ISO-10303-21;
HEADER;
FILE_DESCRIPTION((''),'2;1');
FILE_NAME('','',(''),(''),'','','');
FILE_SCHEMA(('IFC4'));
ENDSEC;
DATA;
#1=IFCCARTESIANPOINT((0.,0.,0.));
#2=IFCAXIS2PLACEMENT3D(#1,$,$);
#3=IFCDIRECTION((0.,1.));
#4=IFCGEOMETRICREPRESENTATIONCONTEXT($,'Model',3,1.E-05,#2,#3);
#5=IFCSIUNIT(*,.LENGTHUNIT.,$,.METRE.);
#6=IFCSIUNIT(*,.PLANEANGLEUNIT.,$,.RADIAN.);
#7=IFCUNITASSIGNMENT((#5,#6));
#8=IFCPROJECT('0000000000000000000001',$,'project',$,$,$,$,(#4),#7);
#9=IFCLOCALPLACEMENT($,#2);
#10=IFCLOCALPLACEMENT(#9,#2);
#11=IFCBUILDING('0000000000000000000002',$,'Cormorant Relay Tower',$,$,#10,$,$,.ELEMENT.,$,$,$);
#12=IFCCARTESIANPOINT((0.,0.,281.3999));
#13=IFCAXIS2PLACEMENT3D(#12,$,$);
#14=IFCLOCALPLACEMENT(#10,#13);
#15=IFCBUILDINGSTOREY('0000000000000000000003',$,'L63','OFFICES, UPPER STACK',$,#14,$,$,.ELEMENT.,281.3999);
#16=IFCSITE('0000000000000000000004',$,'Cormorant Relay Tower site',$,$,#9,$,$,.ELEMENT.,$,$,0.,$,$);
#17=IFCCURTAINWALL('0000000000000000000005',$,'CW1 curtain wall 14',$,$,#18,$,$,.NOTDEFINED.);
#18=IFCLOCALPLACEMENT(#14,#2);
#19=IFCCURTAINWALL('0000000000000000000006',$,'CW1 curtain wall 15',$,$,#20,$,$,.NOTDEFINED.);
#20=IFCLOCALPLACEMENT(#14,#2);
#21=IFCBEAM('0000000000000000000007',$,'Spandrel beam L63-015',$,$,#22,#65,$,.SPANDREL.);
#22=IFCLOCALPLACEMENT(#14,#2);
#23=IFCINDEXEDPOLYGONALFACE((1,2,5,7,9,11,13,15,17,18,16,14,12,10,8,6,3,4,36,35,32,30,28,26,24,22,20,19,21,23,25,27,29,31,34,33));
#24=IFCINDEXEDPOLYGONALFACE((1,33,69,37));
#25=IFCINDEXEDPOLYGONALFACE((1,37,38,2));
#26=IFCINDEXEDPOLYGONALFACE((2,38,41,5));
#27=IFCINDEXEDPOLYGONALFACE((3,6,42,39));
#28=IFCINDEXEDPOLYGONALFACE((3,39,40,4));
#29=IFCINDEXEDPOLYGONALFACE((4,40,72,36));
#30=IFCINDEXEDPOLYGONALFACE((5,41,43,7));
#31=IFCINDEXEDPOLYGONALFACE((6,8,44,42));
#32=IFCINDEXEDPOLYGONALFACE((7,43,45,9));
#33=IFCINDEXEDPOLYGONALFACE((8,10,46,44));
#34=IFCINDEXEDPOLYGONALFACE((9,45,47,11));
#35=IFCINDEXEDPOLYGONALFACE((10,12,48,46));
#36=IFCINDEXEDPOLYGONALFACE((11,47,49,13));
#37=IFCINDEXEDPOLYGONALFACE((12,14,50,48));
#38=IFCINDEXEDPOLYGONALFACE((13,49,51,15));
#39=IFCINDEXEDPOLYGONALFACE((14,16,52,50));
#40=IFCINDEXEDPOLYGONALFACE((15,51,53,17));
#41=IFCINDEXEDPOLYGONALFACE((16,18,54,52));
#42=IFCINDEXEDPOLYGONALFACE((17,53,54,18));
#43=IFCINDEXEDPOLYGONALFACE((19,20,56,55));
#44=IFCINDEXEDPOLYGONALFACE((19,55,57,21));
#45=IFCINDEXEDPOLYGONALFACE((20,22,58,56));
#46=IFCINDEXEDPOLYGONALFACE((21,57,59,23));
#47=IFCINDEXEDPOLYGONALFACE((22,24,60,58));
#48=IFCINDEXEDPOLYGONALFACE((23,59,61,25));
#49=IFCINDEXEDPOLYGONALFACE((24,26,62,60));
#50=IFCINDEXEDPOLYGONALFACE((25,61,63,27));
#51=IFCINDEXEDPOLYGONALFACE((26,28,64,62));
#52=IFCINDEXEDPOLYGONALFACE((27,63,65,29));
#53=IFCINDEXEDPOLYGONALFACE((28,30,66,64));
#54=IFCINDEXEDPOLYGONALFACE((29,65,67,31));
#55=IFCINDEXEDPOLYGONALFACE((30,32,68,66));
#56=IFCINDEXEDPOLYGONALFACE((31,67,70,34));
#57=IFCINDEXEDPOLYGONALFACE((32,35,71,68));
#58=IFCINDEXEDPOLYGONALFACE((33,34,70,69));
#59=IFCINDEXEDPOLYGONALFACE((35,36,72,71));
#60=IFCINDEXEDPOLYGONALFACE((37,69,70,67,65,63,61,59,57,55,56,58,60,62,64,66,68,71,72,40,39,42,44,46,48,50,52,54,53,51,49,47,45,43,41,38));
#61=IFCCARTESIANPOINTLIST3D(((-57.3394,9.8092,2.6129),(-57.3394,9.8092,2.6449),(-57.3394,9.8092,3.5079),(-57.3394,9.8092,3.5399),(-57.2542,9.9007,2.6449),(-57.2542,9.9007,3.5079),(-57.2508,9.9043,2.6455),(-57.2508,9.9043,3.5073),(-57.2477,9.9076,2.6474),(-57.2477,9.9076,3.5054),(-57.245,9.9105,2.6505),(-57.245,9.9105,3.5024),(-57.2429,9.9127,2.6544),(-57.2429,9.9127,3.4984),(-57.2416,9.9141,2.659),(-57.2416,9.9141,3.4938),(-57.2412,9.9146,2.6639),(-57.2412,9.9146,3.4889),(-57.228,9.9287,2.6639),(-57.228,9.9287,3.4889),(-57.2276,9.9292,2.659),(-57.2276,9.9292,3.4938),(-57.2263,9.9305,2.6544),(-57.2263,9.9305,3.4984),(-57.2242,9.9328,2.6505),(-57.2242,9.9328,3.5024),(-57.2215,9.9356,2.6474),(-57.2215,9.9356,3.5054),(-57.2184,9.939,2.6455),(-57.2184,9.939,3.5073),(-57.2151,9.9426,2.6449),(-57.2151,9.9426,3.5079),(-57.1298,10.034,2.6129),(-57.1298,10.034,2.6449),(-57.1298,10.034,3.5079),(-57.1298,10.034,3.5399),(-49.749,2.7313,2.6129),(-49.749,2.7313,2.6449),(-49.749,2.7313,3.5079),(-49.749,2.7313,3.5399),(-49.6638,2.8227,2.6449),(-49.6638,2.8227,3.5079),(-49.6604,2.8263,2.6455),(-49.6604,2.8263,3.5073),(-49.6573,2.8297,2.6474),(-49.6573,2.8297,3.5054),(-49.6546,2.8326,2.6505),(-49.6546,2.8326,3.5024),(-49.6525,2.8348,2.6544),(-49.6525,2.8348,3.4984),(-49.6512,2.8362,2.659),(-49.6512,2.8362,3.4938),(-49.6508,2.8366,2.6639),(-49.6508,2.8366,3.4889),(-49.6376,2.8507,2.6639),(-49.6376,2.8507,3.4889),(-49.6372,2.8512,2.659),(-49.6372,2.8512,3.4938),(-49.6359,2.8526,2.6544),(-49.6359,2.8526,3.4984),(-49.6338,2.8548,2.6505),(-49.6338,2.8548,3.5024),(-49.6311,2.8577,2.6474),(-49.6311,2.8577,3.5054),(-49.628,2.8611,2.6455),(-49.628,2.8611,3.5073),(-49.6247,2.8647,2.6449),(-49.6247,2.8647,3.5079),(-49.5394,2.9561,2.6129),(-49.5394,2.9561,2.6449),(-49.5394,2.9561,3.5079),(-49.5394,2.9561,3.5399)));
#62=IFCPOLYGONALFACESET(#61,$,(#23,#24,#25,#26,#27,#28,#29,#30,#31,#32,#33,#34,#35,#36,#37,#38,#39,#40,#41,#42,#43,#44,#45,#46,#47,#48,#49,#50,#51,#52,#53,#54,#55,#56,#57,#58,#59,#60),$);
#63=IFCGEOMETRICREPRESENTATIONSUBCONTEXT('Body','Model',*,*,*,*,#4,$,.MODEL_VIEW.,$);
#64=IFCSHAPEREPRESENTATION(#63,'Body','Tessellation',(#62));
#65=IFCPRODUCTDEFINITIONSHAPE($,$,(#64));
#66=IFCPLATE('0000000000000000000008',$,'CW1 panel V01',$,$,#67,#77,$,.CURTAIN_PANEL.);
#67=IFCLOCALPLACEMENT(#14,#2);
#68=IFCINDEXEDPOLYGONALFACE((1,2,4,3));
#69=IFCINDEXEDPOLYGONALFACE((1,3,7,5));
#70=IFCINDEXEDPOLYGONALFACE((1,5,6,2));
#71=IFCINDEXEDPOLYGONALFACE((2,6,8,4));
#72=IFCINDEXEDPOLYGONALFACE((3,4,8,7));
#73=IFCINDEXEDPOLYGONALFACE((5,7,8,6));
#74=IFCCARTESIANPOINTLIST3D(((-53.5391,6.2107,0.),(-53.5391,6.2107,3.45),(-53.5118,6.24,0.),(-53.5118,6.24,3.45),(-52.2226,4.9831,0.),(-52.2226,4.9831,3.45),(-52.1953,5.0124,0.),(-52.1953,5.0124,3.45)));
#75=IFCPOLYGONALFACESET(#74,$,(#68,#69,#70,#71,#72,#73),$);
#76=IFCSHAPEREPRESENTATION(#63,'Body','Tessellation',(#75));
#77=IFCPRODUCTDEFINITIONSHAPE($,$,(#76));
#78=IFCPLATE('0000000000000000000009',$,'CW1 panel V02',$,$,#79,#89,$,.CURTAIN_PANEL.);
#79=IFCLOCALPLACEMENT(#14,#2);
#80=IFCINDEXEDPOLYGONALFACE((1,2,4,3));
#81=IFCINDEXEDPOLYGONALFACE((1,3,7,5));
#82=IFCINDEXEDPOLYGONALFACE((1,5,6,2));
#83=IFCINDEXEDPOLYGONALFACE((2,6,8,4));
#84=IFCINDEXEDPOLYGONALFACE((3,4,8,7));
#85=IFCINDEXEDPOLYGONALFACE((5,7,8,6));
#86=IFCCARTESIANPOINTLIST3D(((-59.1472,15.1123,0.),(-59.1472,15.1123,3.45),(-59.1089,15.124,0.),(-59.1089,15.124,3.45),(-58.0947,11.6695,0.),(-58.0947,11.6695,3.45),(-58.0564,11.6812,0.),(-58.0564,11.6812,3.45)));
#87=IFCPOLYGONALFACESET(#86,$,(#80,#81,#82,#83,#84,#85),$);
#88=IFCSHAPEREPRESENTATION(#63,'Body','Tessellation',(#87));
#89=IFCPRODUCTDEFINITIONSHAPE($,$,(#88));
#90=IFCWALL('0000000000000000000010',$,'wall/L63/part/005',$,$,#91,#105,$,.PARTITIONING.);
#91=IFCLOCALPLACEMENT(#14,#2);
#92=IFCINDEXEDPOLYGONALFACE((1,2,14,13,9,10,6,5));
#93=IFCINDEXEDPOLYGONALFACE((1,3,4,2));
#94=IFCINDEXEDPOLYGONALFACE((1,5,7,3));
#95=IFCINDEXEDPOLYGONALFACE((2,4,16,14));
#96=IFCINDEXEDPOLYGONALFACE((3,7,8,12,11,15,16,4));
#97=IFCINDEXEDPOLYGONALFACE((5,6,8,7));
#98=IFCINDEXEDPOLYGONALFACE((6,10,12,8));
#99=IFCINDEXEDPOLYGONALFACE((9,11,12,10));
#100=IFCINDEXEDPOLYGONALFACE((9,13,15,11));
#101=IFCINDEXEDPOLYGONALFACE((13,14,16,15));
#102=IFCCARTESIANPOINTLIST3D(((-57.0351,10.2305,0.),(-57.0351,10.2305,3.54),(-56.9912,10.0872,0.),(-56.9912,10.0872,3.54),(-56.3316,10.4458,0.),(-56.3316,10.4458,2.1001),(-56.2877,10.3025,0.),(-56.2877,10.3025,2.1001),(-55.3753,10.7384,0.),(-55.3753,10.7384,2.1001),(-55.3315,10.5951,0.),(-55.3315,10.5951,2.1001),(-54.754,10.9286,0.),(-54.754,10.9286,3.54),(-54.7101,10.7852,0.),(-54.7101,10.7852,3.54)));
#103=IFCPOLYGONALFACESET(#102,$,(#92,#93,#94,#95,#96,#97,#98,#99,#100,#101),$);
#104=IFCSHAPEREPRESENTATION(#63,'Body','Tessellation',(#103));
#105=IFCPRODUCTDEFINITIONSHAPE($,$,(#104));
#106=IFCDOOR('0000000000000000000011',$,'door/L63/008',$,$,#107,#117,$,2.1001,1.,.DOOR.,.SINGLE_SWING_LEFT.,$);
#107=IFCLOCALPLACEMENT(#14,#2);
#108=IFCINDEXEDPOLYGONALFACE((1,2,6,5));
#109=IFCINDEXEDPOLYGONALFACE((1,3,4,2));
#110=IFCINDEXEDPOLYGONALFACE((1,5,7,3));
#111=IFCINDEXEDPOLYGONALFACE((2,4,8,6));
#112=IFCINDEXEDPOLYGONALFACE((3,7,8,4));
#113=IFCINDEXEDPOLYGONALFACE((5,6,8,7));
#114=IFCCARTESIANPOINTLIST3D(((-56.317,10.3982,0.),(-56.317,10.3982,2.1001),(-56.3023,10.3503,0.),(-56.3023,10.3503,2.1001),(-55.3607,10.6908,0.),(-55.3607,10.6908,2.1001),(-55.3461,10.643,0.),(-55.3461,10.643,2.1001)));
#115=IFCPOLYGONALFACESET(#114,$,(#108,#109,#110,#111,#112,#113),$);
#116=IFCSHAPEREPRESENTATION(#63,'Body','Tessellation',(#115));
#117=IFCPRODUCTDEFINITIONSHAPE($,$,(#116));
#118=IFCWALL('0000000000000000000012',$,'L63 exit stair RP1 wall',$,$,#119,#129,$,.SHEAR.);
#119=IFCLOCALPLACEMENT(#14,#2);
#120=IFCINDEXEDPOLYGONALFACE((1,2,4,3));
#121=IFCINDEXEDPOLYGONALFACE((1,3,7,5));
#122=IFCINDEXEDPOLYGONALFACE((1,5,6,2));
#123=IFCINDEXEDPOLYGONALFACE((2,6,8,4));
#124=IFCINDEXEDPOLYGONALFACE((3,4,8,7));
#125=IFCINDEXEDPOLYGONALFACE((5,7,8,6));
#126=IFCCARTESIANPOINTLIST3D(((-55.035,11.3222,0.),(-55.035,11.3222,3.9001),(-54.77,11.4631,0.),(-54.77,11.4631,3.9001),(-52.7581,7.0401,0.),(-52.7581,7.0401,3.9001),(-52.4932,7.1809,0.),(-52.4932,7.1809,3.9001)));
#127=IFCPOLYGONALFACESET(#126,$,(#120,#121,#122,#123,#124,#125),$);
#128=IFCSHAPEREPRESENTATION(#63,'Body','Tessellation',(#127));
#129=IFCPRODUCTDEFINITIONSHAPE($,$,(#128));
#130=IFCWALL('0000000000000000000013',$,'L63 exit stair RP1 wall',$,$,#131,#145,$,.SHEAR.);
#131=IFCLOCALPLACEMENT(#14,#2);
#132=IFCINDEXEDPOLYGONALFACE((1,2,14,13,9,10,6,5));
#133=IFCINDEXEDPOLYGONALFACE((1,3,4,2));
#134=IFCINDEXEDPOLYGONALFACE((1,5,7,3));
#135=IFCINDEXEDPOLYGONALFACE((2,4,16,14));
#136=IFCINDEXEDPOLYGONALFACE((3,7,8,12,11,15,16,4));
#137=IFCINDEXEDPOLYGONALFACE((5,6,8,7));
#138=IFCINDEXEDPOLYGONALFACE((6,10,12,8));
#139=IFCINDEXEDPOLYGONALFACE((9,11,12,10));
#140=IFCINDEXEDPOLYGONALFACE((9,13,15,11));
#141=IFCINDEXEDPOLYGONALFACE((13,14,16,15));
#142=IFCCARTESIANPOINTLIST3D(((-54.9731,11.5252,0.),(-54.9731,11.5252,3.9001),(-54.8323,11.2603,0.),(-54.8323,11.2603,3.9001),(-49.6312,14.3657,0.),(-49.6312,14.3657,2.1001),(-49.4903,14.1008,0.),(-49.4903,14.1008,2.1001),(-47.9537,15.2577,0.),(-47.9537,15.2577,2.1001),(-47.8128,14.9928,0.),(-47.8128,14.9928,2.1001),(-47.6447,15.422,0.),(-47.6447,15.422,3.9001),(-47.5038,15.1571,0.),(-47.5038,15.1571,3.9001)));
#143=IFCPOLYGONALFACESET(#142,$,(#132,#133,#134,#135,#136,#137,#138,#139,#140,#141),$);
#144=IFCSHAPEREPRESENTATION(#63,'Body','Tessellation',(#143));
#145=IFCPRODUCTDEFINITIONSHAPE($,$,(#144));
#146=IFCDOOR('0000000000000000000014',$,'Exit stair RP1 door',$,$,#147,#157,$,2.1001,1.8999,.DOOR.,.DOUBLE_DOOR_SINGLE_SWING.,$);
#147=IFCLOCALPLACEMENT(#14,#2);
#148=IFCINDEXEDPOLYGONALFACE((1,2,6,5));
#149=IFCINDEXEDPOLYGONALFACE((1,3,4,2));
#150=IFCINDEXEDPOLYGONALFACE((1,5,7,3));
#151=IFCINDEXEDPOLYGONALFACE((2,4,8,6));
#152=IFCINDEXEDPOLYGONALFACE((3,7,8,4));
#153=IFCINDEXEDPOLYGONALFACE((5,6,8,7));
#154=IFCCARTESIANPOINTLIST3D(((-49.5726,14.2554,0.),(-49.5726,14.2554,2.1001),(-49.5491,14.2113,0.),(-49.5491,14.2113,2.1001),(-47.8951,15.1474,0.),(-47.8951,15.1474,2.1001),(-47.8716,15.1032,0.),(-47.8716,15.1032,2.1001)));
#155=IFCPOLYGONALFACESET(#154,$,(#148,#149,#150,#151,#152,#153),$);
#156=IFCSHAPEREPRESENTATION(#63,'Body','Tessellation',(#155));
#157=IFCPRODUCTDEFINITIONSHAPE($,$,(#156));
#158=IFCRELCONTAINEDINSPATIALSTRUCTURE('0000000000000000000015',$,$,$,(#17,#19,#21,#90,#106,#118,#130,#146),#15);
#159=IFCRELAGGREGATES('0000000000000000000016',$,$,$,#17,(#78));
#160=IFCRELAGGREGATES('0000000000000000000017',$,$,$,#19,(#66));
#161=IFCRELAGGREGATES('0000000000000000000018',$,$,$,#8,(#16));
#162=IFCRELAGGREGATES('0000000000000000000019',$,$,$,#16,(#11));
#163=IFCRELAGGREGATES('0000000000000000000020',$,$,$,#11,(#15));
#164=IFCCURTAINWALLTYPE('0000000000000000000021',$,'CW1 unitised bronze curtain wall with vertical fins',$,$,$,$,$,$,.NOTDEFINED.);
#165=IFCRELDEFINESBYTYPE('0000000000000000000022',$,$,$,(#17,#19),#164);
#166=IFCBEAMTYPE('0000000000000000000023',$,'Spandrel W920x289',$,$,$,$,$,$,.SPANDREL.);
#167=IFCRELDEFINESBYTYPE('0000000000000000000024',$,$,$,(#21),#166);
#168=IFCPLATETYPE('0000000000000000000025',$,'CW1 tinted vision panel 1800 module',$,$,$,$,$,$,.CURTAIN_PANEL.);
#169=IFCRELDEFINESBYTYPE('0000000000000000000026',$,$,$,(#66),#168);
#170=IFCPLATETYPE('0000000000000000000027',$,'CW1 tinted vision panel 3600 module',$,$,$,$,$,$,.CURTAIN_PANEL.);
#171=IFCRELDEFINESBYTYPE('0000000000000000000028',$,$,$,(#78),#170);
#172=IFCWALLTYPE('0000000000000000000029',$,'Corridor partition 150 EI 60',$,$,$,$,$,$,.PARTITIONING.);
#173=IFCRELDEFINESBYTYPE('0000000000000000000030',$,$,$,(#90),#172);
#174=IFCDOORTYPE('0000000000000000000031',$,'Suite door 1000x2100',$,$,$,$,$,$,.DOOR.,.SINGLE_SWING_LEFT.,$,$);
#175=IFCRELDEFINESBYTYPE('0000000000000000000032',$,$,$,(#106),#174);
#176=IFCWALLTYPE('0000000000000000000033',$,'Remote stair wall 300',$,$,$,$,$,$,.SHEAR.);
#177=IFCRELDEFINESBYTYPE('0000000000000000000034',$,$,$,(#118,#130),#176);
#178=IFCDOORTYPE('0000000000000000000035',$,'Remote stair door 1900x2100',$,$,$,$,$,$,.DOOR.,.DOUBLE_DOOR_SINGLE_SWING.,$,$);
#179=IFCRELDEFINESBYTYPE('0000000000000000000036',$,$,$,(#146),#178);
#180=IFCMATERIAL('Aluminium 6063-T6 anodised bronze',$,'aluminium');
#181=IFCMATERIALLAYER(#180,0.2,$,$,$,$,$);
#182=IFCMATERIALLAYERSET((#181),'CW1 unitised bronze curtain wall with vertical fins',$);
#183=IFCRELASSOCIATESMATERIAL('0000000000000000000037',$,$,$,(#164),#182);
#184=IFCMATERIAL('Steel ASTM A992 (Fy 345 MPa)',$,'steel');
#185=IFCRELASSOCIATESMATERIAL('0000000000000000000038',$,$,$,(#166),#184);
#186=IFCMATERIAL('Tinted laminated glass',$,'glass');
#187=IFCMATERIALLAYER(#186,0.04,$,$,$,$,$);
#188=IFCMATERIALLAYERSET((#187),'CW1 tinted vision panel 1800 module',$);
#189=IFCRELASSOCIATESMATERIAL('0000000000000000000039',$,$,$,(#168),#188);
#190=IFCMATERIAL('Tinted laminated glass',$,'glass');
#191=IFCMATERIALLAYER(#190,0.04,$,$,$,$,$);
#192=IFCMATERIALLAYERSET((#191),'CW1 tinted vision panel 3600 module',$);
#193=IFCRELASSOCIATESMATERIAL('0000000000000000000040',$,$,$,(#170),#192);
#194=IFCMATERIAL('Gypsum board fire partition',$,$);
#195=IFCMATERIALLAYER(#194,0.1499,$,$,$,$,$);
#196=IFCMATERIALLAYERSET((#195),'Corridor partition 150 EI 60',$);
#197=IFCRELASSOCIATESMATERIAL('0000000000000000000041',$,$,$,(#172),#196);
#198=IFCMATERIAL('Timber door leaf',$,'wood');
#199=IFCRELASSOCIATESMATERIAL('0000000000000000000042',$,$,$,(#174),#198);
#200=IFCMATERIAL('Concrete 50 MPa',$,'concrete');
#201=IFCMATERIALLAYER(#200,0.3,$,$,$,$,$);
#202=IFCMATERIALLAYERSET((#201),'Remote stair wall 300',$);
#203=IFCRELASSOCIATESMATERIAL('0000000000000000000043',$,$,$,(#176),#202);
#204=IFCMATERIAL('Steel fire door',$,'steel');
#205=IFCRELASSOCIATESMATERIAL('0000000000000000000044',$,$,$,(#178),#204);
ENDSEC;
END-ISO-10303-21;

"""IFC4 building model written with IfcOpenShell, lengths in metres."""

from ifc_helpers import new_model, si_unit, direction, frame, frame_2d, origin, origin_2d, place, context, subcontext, project, spatial, rectangle, i_section, extrude, material, layer, layer_set, material_profile, profile_set, type_object, element, fill, aggregate, save


model = new_model("IFC4")

# Units and contexts
model_context = context("Model", 3, precision=1e-05, world=origin(), true_north=direction((0.0, 1.0)))
body_context = subcontext(model_context, "Body", "Model", "MODEL_VIEW")
ifc_project = project(units=[si_unit("LENGTHUNIT", "METRE"), si_unit("PLANEANGLEUNIT", "RADIAN")], contexts=[model_context])

# Site, building, storey
site_placement = place(None, origin())
site = spatial("IfcSite", under=ifc_project, at=site_placement, Name="Cormorant Relay Tower site", CompositionType="ELEMENT", RefElevation=0.0)
building_placement = place(site_placement, origin())
building = spatial("IfcBuilding", under=site, at=building_placement, Name="Cormorant Relay Tower", CompositionType="ELEMENT")
storey_placement = place(building_placement, frame((0.0, 0.0, 281.3999)))
storey = spatial("IfcBuildingStorey", under=building, at=storey_placement, Name="L63", Description="OFFICES, UPPER STACK", CompositionType="ELEMENT", Elevation=281.3999)

# Curtain wall
ifc_material_1 = material(Name="Aluminium 6063-T6 anodised bronze", Category="aluminium")
ifc_layer_1 = layer(ifc_material_1, 0.2)
ifc_layer_set_1 = layer_set([ifc_layer_1], Name="CW1 unitised bronze curtain wall with vertical fins")
curtain_wall_type = type_object("IfcCurtainWallType", Name="CW1 unitised bronze curtain wall with vertical fins", PredefinedType="NOTDEFINED", material=ifc_layer_set_1)
curtain_wall_1_placement = place(storey_placement, origin())
curtain_wall_1 = element("IfcCurtainWall", 1, at=curtain_wall_1_placement, inside=storey, type_object=curtain_wall_type, Name="CW1 curtain wall 14", PredefinedType="NOTDEFINED")

# Curtain wall
curtain_wall_2_placement = place(storey_placement, origin())
curtain_wall_2 = element("IfcCurtainWall", 2, at=curtain_wall_2_placement, inside=storey, type_object=curtain_wall_type, Name="CW1 curtain wall 15", PredefinedType="NOTDEFINED")

# Beam
ifc_material_2 = material(Name="Steel ASTM A992 (Fy 345 MPa)", Category="steel")
ifc_material_profile_1 = material_profile(ifc_material_2, i_section(OverallWidth=0.3074, OverallDepth=0.927, WebThickness=0.0193, FlangeThickness=0.032, FilletRadius=0.019, at=origin_2d()), Name="W920x289")
ifc_profile_set_1 = profile_set([ifc_material_profile_1], Name="Steel ASTM A992 (Fy 345 MPa)")
beam_type = type_object("IfcBeamType", Name="Spandrel W920x289", PredefinedType="SPANDREL", material=ifc_profile_set_1)
beam_placement = place(storey_placement, frame((-57.2346, 9.9216, 3.0764), z_axis=(0.731364, -0.681987, 0.0), x_axis=(0.681987, 0.731364, 0.0)))
element("IfcBeam", 3, at=beam_placement, inside=storey, type_object=beam_type, Name="Spandrel beam L63-015", PredefinedType="SPANDREL", context=body_context, shape_type="SweptSolid", body=[
    extrude(i_section(OverallWidth=0.3074, OverallDepth=0.927, WebThickness=0.0193, FlangeThickness=0.032, FilletRadius=0.019, at=origin_2d()), origin(), (0.0, 0.0, 1.0), 10.3784),
])

# Plates
ifc_material_3 = material(Name="Tinted laminated glass", Category="glass")
ifc_layer_2 = layer(ifc_material_3, 0.04)
ifc_layer_set_2 = layer_set([ifc_layer_2], Name="CW1 tinted vision panel 1800 module")
plate_type_1 = type_object("IfcPlateType", Name="CW1 tinted vision panel 1800 module", PredefinedType="CURTAIN_PANEL", material=ifc_layer_set_2)
plate_1_placement = place(storey_placement, frame((-52.8672, 5.6116, 0.0), z_axis=(0.0, 0.0, 1.0), x_axis=(0.731354, -0.681998, 0.0)))
plate_1 = element("IfcPlate", 4, at=plate_1_placement, type_object=plate_type_1, Name="CW1 panel V01", PredefinedType="CURTAIN_PANEL", context=body_context, shape_type="SweptSolid", body=[
    extrude(rectangle(XDim=1.8, YDim=0.04, at=origin_2d()), origin(), (0.0, 0.0, 1.0), 3.45),
])
ifc_material_4 = material(Name="Tinted laminated glass", Category="glass")
ifc_layer_3 = layer(ifc_material_4, 0.04)
ifc_layer_set_3 = layer_set([ifc_layer_3], Name="CW1 tinted vision panel 3600 module")
plate_type_2 = type_object("IfcPlateType", Name="CW1 tinted vision panel 3600 module", PredefinedType="CURTAIN_PANEL", material=ifc_layer_set_3)
plate_2_placement = place(storey_placement, frame((-58.6018, 13.3967, 0.0), z_axis=(0.0, 0.0, 1.0), x_axis=(0.292372, -0.956305, 0.0)))
plate_2 = element("IfcPlate", 5, at=plate_2_placement, type_object=plate_type_2, Name="CW1 panel V02", PredefinedType="CURTAIN_PANEL", context=body_context, shape_type="SweptSolid", body=[
    extrude(rectangle(XDim=3.6001, YDim=0.04, at=origin_2d()), origin(), (0.0, 0.0, 1.0), 3.45),
])

# Wall, opening, door
ifc_material_5 = material(Name="Gypsum board fire partition")
ifc_layer_4 = layer(ifc_material_5, 0.1499)
ifc_layer_set_4 = layer_set([ifc_layer_4], Name="Corridor partition 150 EI 60")
wall_type_1 = type_object("IfcWallType", Name="Corridor partition 150 EI 60", PredefinedType="PARTITIONING", material=ifc_layer_set_4)
wall_1_placement = place(storey_placement, frame((-54.7319, 10.8569, 0.0), z_axis=(0.0, 0.0, 1.0), x_axis=(-0.956232, -0.292611, 0.0)))
wall_1 = element("IfcWall", 6, at=wall_1_placement, inside=storey, type_object=wall_type_1, Name="wall/L63/part/005", PredefinedType="PARTITIONING", context=body_context, shape_type="SweptSolid", body=[
    extrude(rectangle(XDim=2.3855, YDim=0.1499, at=frame_2d((1.1929, 0.0))), origin(), (0.0, 0.0, 1.0), 3.54),
])
opening_1_placement = place(wall_1_placement, frame((0.6499, 0.0, 0.0)))
opening_1 = element("IfcOpeningElement", 7, at=opening_1_placement, cuts=wall_1, PredefinedType="OPENING", context=body_context, shape_type="SweptSolid", body=[
    extrude(rectangle(XDim=1.0, YDim=2.1001, at=frame_2d((0.5, 1.05))), frame((0.0, 0.085, 0.0), z_axis=(0.0, -1.0, 0.0), x_axis=(1.0, 0.0, 0.0)), (0.0, 0.0, 1.0), 0.1699),
])
ifc_material_6 = material(Name="Timber door leaf", Category="wood")
door_type_1 = type_object("IfcDoorType", Name="Suite door 1000x2100", OperationType="SINGLE_SWING_LEFT", PredefinedType="DOOR", material=ifc_material_6)
door_1_placement = place(opening_1_placement, origin())
door_1 = element("IfcDoor", 8, at=door_1_placement, inside=storey, type_object=door_type_1, Name="door/L63/008", OperationType="SINGLE_SWING_LEFT", OverallHeight=2.1001, OverallWidth=1.0, PredefinedType="DOOR", context=body_context, shape_type="SweptSolid", body=[
    extrude(rectangle(XDim=1.0, YDim=2.1001, at=frame_2d((0.5, 1.05))), frame((0.0, 0.0249, 0.0), z_axis=(0.0, -1.0, 0.0), x_axis=(1.0, 0.0, 0.0)), (0.0, 0.0, 1.0), 0.05),
])
fill(opening_1, door_1)

# Wall
ifc_material_7 = material(Name="Concrete 50 MPa", Category="concrete")
ifc_layer_5 = layer(ifc_material_7, 0.3)
ifc_layer_set_5 = layer_set([ifc_layer_5], Name="Remote stair wall 300")
wall_type_2 = type_object("IfcWallType", Name="Remote stair wall 300", PredefinedType="SHEAR", material=ifc_layer_set_5)
wall_2_placement = place(storey_placement, frame((-52.6257, 7.1106, 0.0), z_axis=(0.0, 0.0, 1.0), x_axis=(-0.469464, 0.882951, 0.0)))
element("IfcWall", 9, at=wall_2_placement, inside=storey, type_object=wall_type_2, Name="L63 exit stair RP1 wall", PredefinedType="SHEAR", context=body_context, shape_type="SweptSolid", body=[
    extrude(rectangle(XDim=4.8499, YDim=0.3, at=frame_2d((2.4248, 0.0))), origin(), (0.0, 0.0, 1.0), 3.9001),
])

# Wall, opening, door
wall_3_placement = place(storey_placement, frame((-54.9026, 11.3928, 0.0), z_axis=(0.0, 0.0, 1.0), x_axis=(0.882939, 0.469487, 0.0)))
wall_3 = element("IfcWall", 10, at=wall_3_placement, inside=storey, type_object=wall_type_2, Name="L63 exit stair RP1 wall", PredefinedType="SHEAR", context=body_context, shape_type="SweptSolid", body=[
    extrude(rectangle(XDim=8.3, YDim=0.3, at=frame_2d((4.1499, 0.0))), origin(), (0.0, 0.0, 1.0), 3.9001),
])
opening_2_placement = place(wall_3_placement, frame((6.05, 0.0, 0.0)))
opening_2 = element("IfcOpeningElement", 11, at=opening_2_placement, cuts=wall_3, PredefinedType="OPENING", context=body_context, shape_type="SweptSolid", body=[
    extrude(rectangle(XDim=1.8999, YDim=2.1001, at=frame_2d((0.95, 1.05))), frame((0.0, 0.1599, 0.0), z_axis=(0.0, -1.0, 0.0), x_axis=(1.0, 0.0, 0.0)), (0.0, 0.0, 1.0), 0.3201),
])
ifc_material_8 = material(Name="Steel fire door", Category="steel")
door_type_2 = type_object("IfcDoorType", Name="Remote stair door 1900x2100", OperationType="DOUBLE_DOOR_SINGLE_SWING", PredefinedType="DOOR", material=ifc_material_8)
door_2_placement = place(opening_2_placement, frame((1.8999, 0.0, 0.0), z_axis=(0.0, 0.0, 1.0), x_axis=(-1.0, 0.0, 0.0)))
door_2 = element("IfcDoor", 12, at=door_2_placement, inside=storey, type_object=door_type_2, Name="Exit stair RP1 door", OperationType="DOUBLE_DOOR_SINGLE_SWING", OverallHeight=2.1001, OverallWidth=1.8999, PredefinedType="DOOR", context=body_context, shape_type="SweptSolid", body=[
    extrude(rectangle(XDim=1.8999, YDim=2.1001, at=frame_2d((0.95, 1.05))), frame((0.0, 0.0249, 0.0), z_axis=(0.0, -1.0, 0.0), x_axis=(1.0, 0.0, 0.0)), (0.0, 0.0, 1.0), 0.05),
])
fill(opening_2, door_2)

aggregate(curtain_wall_1, [plate_2])
aggregate(curtain_wall_2, [plate_1])

save(model, "model.ifc")
